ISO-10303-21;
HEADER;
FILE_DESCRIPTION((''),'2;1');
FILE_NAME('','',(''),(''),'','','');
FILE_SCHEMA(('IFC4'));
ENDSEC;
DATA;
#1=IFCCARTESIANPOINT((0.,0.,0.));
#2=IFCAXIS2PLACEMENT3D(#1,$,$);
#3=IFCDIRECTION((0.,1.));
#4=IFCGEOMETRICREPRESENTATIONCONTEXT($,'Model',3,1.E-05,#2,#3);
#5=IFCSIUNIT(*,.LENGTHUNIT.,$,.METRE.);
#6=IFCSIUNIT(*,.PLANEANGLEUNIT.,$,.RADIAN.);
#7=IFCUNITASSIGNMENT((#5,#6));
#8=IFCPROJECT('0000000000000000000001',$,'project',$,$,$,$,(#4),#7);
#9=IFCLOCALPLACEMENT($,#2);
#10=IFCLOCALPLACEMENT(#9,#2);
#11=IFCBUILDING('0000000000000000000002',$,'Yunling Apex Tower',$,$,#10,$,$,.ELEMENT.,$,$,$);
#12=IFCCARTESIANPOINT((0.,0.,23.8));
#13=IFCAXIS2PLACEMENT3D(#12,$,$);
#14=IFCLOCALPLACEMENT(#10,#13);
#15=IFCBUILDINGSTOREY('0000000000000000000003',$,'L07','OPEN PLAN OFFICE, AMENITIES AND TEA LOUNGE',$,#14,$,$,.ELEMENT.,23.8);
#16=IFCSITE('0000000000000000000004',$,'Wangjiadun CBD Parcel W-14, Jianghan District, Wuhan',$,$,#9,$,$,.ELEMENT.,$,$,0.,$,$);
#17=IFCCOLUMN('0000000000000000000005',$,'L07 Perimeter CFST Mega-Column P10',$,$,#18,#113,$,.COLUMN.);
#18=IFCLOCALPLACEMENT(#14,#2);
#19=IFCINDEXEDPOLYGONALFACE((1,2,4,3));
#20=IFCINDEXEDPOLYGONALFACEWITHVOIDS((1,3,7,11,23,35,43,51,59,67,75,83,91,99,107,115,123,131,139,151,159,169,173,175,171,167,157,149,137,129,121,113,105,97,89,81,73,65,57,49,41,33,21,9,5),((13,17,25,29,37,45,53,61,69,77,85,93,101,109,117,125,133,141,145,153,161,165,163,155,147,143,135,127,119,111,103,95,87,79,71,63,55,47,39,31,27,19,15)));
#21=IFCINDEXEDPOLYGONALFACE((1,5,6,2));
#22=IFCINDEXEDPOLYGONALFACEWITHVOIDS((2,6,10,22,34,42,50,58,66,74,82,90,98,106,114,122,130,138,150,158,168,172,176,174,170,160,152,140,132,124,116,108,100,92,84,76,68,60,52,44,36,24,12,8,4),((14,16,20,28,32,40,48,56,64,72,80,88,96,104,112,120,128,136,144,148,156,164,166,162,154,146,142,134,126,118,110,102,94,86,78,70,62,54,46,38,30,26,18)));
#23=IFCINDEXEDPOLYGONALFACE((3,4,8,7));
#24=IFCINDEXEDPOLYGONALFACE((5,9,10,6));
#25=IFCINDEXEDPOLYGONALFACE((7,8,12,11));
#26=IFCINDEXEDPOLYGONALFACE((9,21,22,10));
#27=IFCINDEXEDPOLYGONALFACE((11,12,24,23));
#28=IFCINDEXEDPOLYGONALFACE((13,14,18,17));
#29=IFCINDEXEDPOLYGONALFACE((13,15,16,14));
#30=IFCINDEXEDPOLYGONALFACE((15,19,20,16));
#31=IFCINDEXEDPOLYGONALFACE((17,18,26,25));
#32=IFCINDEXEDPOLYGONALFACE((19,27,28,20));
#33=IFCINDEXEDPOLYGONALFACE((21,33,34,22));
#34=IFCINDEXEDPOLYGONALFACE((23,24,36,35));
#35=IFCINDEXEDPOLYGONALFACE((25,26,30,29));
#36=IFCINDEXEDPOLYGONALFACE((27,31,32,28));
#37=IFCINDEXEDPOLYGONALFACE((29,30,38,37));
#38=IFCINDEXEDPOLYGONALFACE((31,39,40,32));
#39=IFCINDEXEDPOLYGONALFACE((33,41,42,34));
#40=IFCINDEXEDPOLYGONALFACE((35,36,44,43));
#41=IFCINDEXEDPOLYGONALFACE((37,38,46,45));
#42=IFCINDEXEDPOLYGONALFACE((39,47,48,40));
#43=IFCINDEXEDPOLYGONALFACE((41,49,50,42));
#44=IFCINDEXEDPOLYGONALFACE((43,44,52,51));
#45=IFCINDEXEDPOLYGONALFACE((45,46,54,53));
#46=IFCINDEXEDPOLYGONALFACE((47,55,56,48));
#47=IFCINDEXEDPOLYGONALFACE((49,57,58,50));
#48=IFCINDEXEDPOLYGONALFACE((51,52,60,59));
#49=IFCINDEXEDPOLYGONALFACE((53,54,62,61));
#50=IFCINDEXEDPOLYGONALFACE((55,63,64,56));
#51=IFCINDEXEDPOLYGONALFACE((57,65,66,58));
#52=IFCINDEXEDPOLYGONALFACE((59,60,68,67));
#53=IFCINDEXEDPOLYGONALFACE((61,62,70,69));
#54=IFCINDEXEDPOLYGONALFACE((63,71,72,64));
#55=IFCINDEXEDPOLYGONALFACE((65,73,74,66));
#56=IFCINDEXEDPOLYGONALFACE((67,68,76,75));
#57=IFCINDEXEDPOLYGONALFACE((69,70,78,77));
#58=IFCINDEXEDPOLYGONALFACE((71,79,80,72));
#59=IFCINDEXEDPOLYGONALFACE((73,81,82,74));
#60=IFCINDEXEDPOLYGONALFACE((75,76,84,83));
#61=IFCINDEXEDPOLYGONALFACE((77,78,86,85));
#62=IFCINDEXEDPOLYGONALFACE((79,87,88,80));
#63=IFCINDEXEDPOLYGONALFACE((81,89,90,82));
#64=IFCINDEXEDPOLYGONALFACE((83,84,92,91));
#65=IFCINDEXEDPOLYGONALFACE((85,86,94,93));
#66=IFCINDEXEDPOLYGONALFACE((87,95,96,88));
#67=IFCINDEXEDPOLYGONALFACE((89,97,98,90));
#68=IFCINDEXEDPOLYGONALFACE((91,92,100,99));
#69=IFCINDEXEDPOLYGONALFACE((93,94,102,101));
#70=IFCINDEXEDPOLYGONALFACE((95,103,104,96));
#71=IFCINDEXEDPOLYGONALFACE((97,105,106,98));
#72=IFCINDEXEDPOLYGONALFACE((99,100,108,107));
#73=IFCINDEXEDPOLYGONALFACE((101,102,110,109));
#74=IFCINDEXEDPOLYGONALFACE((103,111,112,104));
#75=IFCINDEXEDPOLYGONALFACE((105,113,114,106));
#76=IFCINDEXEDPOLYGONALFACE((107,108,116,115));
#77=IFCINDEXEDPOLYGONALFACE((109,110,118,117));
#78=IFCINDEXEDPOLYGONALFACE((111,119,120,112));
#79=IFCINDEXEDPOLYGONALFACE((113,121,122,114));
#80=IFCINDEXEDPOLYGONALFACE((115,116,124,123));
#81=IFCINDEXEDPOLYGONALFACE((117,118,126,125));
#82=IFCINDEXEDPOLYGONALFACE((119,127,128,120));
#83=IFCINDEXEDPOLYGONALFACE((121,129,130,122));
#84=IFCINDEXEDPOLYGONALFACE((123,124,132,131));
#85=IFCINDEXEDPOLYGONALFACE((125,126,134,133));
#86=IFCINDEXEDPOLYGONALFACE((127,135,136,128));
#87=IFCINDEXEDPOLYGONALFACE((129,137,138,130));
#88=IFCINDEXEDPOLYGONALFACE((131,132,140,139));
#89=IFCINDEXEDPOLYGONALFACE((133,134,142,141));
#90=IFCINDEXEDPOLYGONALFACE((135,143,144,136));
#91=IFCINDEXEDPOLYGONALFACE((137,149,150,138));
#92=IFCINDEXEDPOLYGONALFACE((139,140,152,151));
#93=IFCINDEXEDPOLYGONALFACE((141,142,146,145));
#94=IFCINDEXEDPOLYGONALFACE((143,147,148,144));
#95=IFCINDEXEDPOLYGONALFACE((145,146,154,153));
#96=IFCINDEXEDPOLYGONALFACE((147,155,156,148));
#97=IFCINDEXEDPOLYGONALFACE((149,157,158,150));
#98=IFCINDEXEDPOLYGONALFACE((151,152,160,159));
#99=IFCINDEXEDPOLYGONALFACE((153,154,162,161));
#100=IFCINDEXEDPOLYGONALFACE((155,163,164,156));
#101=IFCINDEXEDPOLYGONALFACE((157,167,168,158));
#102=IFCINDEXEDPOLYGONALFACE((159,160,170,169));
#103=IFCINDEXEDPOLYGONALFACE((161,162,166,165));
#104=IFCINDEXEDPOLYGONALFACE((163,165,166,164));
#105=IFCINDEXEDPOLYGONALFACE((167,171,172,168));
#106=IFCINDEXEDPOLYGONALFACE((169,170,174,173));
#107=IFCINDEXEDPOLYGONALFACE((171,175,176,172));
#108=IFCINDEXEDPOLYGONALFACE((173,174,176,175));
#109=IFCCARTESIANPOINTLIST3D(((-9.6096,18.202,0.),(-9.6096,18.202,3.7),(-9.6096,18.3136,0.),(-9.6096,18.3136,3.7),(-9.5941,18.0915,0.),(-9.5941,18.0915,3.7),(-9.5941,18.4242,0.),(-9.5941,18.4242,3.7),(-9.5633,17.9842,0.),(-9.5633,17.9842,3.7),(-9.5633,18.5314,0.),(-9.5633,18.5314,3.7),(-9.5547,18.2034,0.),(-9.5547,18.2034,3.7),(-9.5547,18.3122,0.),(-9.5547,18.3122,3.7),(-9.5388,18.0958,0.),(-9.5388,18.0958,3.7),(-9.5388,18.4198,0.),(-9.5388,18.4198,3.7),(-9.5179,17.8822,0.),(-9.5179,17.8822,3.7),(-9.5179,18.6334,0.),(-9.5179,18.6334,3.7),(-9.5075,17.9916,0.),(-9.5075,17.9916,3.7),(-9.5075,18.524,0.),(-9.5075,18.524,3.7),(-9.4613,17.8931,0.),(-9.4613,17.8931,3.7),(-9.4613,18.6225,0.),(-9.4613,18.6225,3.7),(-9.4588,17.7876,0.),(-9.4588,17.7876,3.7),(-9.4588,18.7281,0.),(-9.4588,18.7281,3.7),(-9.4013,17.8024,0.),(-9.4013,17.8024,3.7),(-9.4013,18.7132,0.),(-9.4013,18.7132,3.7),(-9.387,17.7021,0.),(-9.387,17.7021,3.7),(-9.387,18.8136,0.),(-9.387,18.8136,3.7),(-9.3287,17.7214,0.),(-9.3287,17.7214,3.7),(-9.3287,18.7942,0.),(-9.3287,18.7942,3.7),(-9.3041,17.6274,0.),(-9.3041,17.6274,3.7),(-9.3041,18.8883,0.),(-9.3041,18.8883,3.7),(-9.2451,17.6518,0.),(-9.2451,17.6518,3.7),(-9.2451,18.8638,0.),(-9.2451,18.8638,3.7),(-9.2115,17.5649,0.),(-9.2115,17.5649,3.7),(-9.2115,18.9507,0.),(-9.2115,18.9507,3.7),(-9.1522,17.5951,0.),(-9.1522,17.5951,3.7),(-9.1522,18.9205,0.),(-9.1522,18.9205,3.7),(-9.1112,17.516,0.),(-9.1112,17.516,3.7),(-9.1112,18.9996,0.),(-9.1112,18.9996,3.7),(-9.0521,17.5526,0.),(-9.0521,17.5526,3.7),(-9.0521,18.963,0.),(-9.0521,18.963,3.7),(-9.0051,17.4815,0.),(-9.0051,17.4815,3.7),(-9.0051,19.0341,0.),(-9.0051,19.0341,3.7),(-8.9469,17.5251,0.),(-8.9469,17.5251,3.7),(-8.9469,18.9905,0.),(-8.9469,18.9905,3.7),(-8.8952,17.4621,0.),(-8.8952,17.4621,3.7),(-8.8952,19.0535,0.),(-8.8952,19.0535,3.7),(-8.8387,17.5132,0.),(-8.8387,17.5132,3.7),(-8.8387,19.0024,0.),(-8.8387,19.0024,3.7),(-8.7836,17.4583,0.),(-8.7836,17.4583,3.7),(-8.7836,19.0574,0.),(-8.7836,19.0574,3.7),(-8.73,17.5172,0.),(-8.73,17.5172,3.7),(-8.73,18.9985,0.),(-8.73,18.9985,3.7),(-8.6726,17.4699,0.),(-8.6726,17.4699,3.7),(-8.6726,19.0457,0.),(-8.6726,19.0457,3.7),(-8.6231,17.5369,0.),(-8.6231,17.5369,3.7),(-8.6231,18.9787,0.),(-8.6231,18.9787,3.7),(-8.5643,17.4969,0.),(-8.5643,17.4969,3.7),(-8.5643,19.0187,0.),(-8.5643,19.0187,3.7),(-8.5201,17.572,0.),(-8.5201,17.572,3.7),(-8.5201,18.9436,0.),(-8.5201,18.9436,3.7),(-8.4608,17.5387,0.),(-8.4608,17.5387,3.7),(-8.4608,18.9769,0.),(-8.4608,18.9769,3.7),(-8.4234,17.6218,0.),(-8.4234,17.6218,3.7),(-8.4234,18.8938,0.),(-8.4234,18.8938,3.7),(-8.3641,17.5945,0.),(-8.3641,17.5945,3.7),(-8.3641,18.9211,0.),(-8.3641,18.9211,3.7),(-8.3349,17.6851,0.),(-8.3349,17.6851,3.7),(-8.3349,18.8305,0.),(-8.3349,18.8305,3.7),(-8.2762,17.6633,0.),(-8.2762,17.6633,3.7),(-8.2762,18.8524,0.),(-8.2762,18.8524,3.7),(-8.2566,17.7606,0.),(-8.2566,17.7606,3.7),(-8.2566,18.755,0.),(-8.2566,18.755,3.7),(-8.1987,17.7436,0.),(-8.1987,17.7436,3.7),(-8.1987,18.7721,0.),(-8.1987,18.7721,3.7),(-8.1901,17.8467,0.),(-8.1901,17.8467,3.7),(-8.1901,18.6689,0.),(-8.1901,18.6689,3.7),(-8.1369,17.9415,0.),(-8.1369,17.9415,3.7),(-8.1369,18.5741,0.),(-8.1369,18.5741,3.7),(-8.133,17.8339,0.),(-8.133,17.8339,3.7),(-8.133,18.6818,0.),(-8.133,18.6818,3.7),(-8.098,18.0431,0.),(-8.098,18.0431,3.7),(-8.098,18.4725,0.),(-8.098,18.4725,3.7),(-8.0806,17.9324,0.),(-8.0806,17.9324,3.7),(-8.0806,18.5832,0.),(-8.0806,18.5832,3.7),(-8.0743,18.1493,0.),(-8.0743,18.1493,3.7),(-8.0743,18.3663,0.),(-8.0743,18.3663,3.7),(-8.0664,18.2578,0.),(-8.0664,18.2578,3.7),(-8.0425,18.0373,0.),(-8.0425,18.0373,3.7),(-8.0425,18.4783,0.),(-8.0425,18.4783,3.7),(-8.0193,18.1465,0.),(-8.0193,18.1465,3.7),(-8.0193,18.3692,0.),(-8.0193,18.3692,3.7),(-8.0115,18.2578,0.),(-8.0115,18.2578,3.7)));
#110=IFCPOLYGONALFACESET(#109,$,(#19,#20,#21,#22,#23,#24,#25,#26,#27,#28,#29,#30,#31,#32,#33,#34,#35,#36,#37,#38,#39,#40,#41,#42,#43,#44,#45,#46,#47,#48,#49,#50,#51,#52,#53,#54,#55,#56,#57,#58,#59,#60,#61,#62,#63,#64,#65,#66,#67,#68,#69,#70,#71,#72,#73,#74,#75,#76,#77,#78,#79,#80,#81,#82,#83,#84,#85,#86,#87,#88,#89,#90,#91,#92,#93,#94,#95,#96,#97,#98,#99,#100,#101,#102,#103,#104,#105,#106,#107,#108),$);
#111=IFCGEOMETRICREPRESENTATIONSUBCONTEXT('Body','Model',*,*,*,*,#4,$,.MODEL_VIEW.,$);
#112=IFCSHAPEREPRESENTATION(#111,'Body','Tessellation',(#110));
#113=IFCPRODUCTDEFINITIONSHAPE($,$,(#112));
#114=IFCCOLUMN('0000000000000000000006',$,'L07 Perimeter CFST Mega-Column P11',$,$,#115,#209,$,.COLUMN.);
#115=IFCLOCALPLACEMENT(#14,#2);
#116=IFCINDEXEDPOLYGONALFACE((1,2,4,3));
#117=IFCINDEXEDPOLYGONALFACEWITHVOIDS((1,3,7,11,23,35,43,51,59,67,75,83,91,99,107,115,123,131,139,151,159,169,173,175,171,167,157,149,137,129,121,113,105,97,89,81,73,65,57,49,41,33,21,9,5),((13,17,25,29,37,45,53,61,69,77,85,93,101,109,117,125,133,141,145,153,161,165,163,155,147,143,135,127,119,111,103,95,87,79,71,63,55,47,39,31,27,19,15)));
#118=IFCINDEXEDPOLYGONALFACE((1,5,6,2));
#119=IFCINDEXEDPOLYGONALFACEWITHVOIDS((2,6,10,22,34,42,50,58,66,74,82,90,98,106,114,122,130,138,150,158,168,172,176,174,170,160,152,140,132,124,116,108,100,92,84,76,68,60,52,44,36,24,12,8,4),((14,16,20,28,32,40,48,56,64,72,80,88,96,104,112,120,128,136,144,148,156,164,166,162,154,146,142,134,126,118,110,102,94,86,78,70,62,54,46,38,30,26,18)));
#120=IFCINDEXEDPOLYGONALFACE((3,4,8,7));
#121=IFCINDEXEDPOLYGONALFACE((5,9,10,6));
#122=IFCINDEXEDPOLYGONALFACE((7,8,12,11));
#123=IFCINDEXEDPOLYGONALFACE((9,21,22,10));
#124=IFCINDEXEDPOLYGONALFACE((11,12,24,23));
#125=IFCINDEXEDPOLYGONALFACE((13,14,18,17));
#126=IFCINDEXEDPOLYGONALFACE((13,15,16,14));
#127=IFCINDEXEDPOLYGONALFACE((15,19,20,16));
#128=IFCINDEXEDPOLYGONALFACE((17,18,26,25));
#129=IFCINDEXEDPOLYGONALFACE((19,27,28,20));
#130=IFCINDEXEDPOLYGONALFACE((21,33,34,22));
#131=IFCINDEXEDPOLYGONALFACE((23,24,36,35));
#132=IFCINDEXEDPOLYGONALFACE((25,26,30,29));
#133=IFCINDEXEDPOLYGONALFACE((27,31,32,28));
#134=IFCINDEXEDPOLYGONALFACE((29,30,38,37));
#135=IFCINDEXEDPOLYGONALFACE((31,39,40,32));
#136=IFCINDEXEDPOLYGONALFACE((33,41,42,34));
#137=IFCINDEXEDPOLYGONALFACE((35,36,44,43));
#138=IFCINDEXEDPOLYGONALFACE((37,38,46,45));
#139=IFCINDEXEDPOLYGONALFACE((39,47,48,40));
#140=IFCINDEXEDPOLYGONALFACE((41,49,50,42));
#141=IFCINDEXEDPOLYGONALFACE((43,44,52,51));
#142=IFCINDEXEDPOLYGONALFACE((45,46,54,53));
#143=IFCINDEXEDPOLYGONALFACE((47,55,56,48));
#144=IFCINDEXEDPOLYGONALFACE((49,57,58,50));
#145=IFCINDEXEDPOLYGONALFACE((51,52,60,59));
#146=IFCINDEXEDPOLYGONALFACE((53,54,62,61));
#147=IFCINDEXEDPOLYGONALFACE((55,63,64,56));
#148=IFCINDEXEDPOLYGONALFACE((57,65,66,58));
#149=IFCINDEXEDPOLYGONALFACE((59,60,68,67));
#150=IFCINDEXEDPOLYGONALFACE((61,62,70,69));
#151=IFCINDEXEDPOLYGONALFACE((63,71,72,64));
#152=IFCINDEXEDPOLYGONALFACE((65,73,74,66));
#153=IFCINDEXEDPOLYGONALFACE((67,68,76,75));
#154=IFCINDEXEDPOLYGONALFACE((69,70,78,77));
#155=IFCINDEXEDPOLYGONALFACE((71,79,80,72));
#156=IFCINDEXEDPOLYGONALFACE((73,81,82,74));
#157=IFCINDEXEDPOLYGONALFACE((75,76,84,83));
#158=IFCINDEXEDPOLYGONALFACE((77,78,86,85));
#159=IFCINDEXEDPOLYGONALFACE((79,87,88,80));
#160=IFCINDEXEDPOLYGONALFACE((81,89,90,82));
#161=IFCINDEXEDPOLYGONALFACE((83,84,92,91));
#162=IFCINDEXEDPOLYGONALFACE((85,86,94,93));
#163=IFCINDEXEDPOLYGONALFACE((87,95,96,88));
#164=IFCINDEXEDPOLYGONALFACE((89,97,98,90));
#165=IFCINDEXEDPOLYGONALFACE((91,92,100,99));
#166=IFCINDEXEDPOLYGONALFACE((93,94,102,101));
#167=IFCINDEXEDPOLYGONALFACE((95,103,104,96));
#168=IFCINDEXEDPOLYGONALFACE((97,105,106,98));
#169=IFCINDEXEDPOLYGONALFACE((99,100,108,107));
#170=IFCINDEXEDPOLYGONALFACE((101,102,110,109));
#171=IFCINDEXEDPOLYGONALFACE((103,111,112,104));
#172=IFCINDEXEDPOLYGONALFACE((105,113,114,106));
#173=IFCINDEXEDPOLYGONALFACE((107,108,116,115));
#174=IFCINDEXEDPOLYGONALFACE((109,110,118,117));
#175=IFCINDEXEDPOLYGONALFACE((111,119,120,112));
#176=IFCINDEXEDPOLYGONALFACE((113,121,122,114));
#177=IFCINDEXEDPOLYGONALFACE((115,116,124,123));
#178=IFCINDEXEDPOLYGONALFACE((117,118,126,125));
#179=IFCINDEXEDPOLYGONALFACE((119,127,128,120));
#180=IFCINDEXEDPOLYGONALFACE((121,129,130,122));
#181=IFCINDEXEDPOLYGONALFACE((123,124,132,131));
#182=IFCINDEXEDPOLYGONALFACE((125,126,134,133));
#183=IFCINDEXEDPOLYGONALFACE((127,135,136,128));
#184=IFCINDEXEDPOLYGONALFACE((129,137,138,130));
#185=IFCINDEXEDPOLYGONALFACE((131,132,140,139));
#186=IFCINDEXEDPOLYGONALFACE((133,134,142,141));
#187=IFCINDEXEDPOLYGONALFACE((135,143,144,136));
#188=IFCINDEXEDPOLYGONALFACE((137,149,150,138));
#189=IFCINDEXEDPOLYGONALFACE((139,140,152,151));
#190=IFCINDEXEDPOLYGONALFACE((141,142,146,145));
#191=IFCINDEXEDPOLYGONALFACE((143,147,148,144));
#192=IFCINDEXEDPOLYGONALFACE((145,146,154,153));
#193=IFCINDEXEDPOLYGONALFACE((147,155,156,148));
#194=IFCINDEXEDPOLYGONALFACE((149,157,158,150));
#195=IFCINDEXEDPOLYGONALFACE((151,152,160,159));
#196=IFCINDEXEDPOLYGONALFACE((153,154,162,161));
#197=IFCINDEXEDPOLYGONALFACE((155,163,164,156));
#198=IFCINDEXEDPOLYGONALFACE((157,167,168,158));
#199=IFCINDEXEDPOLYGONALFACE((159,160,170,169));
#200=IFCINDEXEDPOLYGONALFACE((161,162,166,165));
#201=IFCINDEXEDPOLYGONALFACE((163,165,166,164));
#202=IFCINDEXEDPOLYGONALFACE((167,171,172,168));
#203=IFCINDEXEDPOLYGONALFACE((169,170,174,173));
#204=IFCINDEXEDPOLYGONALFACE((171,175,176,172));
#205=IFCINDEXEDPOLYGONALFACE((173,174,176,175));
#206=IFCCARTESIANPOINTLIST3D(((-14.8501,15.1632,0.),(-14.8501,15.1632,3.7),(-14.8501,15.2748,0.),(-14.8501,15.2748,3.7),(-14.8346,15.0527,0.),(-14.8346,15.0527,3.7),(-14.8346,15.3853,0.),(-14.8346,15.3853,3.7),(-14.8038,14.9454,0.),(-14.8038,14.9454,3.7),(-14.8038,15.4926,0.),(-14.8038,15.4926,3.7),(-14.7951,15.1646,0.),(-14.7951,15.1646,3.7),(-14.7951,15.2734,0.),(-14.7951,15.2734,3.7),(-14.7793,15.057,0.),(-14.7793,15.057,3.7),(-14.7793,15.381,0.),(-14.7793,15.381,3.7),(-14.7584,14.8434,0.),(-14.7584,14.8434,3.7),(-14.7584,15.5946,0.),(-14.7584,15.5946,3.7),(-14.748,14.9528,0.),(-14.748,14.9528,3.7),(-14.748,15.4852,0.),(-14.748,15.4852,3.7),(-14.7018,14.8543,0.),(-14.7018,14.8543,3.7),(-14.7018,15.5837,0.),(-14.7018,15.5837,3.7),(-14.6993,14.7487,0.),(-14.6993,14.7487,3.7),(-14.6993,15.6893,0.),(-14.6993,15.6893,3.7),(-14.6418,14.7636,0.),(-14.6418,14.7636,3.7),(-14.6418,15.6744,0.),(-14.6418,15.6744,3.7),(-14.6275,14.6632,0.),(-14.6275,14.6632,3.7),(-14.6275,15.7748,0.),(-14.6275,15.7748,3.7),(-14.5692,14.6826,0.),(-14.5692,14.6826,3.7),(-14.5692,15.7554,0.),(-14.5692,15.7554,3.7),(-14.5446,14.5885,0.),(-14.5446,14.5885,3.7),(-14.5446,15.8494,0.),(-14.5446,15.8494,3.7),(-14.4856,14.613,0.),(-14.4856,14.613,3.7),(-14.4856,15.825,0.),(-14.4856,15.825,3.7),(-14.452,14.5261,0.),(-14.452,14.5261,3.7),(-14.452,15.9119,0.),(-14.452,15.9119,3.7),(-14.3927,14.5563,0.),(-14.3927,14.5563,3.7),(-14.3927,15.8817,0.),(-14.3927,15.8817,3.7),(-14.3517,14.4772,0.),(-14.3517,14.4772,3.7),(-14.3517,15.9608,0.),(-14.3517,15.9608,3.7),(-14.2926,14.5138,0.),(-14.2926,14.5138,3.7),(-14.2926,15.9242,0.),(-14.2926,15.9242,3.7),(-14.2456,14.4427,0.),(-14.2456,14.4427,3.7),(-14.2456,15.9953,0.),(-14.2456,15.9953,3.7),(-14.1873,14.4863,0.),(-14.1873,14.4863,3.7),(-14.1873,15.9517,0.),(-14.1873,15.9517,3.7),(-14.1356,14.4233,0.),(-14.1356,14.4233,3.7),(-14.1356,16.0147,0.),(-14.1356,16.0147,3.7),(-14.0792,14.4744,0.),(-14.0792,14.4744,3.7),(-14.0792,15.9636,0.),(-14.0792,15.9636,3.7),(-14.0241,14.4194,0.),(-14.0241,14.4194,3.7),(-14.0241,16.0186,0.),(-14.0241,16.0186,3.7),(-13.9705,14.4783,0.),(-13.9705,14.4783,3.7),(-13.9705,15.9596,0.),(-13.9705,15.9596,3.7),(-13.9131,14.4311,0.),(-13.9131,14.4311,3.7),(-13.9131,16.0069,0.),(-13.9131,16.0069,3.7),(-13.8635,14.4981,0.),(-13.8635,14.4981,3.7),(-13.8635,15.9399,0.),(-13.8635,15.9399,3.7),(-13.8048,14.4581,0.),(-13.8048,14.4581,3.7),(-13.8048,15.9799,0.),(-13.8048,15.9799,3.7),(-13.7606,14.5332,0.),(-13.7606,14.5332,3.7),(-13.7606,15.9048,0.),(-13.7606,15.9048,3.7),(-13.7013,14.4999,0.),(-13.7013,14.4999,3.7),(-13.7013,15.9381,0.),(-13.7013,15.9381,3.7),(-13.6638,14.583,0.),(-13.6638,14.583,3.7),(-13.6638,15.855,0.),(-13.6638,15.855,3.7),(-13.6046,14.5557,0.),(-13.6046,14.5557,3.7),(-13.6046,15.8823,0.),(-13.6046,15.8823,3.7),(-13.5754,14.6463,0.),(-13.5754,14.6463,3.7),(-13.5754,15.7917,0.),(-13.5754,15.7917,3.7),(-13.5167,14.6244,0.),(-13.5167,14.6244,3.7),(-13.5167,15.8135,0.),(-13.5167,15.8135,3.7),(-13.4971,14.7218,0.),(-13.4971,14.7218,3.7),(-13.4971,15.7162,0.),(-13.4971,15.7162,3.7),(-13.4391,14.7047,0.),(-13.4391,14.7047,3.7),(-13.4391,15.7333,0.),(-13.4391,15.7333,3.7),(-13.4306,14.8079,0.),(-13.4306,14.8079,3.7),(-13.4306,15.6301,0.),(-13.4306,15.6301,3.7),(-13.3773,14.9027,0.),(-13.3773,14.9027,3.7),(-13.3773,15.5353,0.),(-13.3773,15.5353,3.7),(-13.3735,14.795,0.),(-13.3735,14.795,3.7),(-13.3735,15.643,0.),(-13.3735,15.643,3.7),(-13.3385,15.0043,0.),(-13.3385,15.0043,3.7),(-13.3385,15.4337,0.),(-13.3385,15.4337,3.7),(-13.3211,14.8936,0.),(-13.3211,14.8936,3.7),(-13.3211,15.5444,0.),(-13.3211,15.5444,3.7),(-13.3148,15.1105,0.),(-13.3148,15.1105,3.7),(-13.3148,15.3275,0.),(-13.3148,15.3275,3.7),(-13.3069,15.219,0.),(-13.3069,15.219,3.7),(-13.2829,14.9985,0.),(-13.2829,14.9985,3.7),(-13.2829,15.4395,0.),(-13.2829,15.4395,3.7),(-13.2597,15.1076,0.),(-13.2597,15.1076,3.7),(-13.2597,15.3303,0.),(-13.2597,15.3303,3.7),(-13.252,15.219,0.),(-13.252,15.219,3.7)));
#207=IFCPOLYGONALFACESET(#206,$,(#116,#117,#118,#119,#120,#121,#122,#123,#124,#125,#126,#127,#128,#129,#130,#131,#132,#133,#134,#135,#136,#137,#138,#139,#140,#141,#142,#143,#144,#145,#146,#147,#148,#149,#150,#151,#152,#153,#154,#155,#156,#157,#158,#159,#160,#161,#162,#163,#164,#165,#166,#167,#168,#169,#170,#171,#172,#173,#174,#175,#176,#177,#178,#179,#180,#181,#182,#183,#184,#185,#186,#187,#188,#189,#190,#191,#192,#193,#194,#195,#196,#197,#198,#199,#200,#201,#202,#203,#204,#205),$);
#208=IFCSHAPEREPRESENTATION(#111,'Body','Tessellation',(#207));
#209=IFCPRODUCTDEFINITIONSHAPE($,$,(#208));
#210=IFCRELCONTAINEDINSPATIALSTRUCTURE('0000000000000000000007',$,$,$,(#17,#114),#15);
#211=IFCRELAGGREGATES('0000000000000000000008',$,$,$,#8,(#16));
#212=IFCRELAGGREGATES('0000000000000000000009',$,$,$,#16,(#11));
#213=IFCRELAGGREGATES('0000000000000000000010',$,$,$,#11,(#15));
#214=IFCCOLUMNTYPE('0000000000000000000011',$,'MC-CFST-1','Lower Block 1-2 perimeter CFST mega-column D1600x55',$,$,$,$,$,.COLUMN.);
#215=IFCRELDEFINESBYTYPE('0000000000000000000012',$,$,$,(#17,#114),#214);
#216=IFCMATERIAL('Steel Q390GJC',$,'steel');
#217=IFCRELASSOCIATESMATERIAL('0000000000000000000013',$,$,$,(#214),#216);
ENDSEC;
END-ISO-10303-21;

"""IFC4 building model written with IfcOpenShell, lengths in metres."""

from ifc_helpers import new_model, si_unit, direction, frame, origin, origin_2d, place, context, subcontext, project, spatial, hollow_circle, extrude, source, transform, mapped, material, material_profile, profile_set, type_object, element, save


model = new_model("IFC4")

# Units and contexts
model_context = context("Model", 3, precision=1e-05, world=origin(), true_north=direction((0.0, 1.0)))
body_context = subcontext(model_context, "Body", "Model", "MODEL_VIEW")
ifc_project = project(units=[si_unit("LENGTHUNIT", "METRE"), si_unit("PLANEANGLEUNIT", "RADIAN")], contexts=[model_context])

# Site, building, storey
site_placement = place(None, origin())
site = spatial("IfcSite", under=ifc_project, at=site_placement, Name="Wangjiadun CBD Parcel W-14, Jianghan District, Wuhan", CompositionType="ELEMENT", RefElevation=0.0)
building_placement = place(site_placement, origin())
building = spatial("IfcBuilding", under=site, at=building_placement, Name="Yunling Apex Tower", CompositionType="ELEMENT")
storey_placement = place(building_placement, frame((0.0, 0.0, 23.8)))
storey = spatial("IfcBuildingStorey", under=building, at=storey_placement, Name="L07", Description="OPEN PLAN OFFICE, AMENITIES AND TEA LOUNGE", CompositionType="ELEMENT", Elevation=23.8)

# Columns
ifc_material_1 = material(Name="Steel Q390GJC", Category="steel")
ifc_material_profile_1 = material_profile(ifc_material_1, hollow_circle(Radius=0.8, WallThickness=0.0549, at=origin_2d()))
ifc_profile_set_1 = profile_set([ifc_material_profile_1], Name="Steel Q390GJC")
column_type = type_object("IfcColumnType", Name="MC-CFST-1", Description="Lower Block 1-2 perimeter CFST mega-column D1600x55", PredefinedType="COLUMN", material=ifc_profile_set_1)
shared_shape_1 = source(origin(), body_context, "Body", "SweptSolid", [
    extrude(hollow_circle(Radius=0.8, WallThickness=0.0549, at=origin_2d()), origin(), (0.0, 0.0, 1.0), 3.7),
])
for number, where, z_axis, x_axis, name in (
    (1, (-8.8115, 18.2578, 0.0), (0.0, 0.0, 1.0), (1.0, 0.0, 0.0), "L07 Perimeter CFST Mega-Column P10"),
    (2, (-14.052, 15.219, 0.0), (0.0, 0.0, 1.0), (1.0, 0.0, 0.0), "L07 Perimeter CFST Mega-Column P11"),
):
    element("IfcColumn", number, at=place(storey_placement, frame(where, z_axis=z_axis, x_axis=x_axis)), inside=storey, type_object=column_type, Name=name, PredefinedType="COLUMN", context=body_context, shape_type="MappedRepresentation", body=[
        mapped(shared_shape_1, transform((0.0, 0.0, 0.0), scale=1.0)),
    ])

save(model, "model.ifc")
